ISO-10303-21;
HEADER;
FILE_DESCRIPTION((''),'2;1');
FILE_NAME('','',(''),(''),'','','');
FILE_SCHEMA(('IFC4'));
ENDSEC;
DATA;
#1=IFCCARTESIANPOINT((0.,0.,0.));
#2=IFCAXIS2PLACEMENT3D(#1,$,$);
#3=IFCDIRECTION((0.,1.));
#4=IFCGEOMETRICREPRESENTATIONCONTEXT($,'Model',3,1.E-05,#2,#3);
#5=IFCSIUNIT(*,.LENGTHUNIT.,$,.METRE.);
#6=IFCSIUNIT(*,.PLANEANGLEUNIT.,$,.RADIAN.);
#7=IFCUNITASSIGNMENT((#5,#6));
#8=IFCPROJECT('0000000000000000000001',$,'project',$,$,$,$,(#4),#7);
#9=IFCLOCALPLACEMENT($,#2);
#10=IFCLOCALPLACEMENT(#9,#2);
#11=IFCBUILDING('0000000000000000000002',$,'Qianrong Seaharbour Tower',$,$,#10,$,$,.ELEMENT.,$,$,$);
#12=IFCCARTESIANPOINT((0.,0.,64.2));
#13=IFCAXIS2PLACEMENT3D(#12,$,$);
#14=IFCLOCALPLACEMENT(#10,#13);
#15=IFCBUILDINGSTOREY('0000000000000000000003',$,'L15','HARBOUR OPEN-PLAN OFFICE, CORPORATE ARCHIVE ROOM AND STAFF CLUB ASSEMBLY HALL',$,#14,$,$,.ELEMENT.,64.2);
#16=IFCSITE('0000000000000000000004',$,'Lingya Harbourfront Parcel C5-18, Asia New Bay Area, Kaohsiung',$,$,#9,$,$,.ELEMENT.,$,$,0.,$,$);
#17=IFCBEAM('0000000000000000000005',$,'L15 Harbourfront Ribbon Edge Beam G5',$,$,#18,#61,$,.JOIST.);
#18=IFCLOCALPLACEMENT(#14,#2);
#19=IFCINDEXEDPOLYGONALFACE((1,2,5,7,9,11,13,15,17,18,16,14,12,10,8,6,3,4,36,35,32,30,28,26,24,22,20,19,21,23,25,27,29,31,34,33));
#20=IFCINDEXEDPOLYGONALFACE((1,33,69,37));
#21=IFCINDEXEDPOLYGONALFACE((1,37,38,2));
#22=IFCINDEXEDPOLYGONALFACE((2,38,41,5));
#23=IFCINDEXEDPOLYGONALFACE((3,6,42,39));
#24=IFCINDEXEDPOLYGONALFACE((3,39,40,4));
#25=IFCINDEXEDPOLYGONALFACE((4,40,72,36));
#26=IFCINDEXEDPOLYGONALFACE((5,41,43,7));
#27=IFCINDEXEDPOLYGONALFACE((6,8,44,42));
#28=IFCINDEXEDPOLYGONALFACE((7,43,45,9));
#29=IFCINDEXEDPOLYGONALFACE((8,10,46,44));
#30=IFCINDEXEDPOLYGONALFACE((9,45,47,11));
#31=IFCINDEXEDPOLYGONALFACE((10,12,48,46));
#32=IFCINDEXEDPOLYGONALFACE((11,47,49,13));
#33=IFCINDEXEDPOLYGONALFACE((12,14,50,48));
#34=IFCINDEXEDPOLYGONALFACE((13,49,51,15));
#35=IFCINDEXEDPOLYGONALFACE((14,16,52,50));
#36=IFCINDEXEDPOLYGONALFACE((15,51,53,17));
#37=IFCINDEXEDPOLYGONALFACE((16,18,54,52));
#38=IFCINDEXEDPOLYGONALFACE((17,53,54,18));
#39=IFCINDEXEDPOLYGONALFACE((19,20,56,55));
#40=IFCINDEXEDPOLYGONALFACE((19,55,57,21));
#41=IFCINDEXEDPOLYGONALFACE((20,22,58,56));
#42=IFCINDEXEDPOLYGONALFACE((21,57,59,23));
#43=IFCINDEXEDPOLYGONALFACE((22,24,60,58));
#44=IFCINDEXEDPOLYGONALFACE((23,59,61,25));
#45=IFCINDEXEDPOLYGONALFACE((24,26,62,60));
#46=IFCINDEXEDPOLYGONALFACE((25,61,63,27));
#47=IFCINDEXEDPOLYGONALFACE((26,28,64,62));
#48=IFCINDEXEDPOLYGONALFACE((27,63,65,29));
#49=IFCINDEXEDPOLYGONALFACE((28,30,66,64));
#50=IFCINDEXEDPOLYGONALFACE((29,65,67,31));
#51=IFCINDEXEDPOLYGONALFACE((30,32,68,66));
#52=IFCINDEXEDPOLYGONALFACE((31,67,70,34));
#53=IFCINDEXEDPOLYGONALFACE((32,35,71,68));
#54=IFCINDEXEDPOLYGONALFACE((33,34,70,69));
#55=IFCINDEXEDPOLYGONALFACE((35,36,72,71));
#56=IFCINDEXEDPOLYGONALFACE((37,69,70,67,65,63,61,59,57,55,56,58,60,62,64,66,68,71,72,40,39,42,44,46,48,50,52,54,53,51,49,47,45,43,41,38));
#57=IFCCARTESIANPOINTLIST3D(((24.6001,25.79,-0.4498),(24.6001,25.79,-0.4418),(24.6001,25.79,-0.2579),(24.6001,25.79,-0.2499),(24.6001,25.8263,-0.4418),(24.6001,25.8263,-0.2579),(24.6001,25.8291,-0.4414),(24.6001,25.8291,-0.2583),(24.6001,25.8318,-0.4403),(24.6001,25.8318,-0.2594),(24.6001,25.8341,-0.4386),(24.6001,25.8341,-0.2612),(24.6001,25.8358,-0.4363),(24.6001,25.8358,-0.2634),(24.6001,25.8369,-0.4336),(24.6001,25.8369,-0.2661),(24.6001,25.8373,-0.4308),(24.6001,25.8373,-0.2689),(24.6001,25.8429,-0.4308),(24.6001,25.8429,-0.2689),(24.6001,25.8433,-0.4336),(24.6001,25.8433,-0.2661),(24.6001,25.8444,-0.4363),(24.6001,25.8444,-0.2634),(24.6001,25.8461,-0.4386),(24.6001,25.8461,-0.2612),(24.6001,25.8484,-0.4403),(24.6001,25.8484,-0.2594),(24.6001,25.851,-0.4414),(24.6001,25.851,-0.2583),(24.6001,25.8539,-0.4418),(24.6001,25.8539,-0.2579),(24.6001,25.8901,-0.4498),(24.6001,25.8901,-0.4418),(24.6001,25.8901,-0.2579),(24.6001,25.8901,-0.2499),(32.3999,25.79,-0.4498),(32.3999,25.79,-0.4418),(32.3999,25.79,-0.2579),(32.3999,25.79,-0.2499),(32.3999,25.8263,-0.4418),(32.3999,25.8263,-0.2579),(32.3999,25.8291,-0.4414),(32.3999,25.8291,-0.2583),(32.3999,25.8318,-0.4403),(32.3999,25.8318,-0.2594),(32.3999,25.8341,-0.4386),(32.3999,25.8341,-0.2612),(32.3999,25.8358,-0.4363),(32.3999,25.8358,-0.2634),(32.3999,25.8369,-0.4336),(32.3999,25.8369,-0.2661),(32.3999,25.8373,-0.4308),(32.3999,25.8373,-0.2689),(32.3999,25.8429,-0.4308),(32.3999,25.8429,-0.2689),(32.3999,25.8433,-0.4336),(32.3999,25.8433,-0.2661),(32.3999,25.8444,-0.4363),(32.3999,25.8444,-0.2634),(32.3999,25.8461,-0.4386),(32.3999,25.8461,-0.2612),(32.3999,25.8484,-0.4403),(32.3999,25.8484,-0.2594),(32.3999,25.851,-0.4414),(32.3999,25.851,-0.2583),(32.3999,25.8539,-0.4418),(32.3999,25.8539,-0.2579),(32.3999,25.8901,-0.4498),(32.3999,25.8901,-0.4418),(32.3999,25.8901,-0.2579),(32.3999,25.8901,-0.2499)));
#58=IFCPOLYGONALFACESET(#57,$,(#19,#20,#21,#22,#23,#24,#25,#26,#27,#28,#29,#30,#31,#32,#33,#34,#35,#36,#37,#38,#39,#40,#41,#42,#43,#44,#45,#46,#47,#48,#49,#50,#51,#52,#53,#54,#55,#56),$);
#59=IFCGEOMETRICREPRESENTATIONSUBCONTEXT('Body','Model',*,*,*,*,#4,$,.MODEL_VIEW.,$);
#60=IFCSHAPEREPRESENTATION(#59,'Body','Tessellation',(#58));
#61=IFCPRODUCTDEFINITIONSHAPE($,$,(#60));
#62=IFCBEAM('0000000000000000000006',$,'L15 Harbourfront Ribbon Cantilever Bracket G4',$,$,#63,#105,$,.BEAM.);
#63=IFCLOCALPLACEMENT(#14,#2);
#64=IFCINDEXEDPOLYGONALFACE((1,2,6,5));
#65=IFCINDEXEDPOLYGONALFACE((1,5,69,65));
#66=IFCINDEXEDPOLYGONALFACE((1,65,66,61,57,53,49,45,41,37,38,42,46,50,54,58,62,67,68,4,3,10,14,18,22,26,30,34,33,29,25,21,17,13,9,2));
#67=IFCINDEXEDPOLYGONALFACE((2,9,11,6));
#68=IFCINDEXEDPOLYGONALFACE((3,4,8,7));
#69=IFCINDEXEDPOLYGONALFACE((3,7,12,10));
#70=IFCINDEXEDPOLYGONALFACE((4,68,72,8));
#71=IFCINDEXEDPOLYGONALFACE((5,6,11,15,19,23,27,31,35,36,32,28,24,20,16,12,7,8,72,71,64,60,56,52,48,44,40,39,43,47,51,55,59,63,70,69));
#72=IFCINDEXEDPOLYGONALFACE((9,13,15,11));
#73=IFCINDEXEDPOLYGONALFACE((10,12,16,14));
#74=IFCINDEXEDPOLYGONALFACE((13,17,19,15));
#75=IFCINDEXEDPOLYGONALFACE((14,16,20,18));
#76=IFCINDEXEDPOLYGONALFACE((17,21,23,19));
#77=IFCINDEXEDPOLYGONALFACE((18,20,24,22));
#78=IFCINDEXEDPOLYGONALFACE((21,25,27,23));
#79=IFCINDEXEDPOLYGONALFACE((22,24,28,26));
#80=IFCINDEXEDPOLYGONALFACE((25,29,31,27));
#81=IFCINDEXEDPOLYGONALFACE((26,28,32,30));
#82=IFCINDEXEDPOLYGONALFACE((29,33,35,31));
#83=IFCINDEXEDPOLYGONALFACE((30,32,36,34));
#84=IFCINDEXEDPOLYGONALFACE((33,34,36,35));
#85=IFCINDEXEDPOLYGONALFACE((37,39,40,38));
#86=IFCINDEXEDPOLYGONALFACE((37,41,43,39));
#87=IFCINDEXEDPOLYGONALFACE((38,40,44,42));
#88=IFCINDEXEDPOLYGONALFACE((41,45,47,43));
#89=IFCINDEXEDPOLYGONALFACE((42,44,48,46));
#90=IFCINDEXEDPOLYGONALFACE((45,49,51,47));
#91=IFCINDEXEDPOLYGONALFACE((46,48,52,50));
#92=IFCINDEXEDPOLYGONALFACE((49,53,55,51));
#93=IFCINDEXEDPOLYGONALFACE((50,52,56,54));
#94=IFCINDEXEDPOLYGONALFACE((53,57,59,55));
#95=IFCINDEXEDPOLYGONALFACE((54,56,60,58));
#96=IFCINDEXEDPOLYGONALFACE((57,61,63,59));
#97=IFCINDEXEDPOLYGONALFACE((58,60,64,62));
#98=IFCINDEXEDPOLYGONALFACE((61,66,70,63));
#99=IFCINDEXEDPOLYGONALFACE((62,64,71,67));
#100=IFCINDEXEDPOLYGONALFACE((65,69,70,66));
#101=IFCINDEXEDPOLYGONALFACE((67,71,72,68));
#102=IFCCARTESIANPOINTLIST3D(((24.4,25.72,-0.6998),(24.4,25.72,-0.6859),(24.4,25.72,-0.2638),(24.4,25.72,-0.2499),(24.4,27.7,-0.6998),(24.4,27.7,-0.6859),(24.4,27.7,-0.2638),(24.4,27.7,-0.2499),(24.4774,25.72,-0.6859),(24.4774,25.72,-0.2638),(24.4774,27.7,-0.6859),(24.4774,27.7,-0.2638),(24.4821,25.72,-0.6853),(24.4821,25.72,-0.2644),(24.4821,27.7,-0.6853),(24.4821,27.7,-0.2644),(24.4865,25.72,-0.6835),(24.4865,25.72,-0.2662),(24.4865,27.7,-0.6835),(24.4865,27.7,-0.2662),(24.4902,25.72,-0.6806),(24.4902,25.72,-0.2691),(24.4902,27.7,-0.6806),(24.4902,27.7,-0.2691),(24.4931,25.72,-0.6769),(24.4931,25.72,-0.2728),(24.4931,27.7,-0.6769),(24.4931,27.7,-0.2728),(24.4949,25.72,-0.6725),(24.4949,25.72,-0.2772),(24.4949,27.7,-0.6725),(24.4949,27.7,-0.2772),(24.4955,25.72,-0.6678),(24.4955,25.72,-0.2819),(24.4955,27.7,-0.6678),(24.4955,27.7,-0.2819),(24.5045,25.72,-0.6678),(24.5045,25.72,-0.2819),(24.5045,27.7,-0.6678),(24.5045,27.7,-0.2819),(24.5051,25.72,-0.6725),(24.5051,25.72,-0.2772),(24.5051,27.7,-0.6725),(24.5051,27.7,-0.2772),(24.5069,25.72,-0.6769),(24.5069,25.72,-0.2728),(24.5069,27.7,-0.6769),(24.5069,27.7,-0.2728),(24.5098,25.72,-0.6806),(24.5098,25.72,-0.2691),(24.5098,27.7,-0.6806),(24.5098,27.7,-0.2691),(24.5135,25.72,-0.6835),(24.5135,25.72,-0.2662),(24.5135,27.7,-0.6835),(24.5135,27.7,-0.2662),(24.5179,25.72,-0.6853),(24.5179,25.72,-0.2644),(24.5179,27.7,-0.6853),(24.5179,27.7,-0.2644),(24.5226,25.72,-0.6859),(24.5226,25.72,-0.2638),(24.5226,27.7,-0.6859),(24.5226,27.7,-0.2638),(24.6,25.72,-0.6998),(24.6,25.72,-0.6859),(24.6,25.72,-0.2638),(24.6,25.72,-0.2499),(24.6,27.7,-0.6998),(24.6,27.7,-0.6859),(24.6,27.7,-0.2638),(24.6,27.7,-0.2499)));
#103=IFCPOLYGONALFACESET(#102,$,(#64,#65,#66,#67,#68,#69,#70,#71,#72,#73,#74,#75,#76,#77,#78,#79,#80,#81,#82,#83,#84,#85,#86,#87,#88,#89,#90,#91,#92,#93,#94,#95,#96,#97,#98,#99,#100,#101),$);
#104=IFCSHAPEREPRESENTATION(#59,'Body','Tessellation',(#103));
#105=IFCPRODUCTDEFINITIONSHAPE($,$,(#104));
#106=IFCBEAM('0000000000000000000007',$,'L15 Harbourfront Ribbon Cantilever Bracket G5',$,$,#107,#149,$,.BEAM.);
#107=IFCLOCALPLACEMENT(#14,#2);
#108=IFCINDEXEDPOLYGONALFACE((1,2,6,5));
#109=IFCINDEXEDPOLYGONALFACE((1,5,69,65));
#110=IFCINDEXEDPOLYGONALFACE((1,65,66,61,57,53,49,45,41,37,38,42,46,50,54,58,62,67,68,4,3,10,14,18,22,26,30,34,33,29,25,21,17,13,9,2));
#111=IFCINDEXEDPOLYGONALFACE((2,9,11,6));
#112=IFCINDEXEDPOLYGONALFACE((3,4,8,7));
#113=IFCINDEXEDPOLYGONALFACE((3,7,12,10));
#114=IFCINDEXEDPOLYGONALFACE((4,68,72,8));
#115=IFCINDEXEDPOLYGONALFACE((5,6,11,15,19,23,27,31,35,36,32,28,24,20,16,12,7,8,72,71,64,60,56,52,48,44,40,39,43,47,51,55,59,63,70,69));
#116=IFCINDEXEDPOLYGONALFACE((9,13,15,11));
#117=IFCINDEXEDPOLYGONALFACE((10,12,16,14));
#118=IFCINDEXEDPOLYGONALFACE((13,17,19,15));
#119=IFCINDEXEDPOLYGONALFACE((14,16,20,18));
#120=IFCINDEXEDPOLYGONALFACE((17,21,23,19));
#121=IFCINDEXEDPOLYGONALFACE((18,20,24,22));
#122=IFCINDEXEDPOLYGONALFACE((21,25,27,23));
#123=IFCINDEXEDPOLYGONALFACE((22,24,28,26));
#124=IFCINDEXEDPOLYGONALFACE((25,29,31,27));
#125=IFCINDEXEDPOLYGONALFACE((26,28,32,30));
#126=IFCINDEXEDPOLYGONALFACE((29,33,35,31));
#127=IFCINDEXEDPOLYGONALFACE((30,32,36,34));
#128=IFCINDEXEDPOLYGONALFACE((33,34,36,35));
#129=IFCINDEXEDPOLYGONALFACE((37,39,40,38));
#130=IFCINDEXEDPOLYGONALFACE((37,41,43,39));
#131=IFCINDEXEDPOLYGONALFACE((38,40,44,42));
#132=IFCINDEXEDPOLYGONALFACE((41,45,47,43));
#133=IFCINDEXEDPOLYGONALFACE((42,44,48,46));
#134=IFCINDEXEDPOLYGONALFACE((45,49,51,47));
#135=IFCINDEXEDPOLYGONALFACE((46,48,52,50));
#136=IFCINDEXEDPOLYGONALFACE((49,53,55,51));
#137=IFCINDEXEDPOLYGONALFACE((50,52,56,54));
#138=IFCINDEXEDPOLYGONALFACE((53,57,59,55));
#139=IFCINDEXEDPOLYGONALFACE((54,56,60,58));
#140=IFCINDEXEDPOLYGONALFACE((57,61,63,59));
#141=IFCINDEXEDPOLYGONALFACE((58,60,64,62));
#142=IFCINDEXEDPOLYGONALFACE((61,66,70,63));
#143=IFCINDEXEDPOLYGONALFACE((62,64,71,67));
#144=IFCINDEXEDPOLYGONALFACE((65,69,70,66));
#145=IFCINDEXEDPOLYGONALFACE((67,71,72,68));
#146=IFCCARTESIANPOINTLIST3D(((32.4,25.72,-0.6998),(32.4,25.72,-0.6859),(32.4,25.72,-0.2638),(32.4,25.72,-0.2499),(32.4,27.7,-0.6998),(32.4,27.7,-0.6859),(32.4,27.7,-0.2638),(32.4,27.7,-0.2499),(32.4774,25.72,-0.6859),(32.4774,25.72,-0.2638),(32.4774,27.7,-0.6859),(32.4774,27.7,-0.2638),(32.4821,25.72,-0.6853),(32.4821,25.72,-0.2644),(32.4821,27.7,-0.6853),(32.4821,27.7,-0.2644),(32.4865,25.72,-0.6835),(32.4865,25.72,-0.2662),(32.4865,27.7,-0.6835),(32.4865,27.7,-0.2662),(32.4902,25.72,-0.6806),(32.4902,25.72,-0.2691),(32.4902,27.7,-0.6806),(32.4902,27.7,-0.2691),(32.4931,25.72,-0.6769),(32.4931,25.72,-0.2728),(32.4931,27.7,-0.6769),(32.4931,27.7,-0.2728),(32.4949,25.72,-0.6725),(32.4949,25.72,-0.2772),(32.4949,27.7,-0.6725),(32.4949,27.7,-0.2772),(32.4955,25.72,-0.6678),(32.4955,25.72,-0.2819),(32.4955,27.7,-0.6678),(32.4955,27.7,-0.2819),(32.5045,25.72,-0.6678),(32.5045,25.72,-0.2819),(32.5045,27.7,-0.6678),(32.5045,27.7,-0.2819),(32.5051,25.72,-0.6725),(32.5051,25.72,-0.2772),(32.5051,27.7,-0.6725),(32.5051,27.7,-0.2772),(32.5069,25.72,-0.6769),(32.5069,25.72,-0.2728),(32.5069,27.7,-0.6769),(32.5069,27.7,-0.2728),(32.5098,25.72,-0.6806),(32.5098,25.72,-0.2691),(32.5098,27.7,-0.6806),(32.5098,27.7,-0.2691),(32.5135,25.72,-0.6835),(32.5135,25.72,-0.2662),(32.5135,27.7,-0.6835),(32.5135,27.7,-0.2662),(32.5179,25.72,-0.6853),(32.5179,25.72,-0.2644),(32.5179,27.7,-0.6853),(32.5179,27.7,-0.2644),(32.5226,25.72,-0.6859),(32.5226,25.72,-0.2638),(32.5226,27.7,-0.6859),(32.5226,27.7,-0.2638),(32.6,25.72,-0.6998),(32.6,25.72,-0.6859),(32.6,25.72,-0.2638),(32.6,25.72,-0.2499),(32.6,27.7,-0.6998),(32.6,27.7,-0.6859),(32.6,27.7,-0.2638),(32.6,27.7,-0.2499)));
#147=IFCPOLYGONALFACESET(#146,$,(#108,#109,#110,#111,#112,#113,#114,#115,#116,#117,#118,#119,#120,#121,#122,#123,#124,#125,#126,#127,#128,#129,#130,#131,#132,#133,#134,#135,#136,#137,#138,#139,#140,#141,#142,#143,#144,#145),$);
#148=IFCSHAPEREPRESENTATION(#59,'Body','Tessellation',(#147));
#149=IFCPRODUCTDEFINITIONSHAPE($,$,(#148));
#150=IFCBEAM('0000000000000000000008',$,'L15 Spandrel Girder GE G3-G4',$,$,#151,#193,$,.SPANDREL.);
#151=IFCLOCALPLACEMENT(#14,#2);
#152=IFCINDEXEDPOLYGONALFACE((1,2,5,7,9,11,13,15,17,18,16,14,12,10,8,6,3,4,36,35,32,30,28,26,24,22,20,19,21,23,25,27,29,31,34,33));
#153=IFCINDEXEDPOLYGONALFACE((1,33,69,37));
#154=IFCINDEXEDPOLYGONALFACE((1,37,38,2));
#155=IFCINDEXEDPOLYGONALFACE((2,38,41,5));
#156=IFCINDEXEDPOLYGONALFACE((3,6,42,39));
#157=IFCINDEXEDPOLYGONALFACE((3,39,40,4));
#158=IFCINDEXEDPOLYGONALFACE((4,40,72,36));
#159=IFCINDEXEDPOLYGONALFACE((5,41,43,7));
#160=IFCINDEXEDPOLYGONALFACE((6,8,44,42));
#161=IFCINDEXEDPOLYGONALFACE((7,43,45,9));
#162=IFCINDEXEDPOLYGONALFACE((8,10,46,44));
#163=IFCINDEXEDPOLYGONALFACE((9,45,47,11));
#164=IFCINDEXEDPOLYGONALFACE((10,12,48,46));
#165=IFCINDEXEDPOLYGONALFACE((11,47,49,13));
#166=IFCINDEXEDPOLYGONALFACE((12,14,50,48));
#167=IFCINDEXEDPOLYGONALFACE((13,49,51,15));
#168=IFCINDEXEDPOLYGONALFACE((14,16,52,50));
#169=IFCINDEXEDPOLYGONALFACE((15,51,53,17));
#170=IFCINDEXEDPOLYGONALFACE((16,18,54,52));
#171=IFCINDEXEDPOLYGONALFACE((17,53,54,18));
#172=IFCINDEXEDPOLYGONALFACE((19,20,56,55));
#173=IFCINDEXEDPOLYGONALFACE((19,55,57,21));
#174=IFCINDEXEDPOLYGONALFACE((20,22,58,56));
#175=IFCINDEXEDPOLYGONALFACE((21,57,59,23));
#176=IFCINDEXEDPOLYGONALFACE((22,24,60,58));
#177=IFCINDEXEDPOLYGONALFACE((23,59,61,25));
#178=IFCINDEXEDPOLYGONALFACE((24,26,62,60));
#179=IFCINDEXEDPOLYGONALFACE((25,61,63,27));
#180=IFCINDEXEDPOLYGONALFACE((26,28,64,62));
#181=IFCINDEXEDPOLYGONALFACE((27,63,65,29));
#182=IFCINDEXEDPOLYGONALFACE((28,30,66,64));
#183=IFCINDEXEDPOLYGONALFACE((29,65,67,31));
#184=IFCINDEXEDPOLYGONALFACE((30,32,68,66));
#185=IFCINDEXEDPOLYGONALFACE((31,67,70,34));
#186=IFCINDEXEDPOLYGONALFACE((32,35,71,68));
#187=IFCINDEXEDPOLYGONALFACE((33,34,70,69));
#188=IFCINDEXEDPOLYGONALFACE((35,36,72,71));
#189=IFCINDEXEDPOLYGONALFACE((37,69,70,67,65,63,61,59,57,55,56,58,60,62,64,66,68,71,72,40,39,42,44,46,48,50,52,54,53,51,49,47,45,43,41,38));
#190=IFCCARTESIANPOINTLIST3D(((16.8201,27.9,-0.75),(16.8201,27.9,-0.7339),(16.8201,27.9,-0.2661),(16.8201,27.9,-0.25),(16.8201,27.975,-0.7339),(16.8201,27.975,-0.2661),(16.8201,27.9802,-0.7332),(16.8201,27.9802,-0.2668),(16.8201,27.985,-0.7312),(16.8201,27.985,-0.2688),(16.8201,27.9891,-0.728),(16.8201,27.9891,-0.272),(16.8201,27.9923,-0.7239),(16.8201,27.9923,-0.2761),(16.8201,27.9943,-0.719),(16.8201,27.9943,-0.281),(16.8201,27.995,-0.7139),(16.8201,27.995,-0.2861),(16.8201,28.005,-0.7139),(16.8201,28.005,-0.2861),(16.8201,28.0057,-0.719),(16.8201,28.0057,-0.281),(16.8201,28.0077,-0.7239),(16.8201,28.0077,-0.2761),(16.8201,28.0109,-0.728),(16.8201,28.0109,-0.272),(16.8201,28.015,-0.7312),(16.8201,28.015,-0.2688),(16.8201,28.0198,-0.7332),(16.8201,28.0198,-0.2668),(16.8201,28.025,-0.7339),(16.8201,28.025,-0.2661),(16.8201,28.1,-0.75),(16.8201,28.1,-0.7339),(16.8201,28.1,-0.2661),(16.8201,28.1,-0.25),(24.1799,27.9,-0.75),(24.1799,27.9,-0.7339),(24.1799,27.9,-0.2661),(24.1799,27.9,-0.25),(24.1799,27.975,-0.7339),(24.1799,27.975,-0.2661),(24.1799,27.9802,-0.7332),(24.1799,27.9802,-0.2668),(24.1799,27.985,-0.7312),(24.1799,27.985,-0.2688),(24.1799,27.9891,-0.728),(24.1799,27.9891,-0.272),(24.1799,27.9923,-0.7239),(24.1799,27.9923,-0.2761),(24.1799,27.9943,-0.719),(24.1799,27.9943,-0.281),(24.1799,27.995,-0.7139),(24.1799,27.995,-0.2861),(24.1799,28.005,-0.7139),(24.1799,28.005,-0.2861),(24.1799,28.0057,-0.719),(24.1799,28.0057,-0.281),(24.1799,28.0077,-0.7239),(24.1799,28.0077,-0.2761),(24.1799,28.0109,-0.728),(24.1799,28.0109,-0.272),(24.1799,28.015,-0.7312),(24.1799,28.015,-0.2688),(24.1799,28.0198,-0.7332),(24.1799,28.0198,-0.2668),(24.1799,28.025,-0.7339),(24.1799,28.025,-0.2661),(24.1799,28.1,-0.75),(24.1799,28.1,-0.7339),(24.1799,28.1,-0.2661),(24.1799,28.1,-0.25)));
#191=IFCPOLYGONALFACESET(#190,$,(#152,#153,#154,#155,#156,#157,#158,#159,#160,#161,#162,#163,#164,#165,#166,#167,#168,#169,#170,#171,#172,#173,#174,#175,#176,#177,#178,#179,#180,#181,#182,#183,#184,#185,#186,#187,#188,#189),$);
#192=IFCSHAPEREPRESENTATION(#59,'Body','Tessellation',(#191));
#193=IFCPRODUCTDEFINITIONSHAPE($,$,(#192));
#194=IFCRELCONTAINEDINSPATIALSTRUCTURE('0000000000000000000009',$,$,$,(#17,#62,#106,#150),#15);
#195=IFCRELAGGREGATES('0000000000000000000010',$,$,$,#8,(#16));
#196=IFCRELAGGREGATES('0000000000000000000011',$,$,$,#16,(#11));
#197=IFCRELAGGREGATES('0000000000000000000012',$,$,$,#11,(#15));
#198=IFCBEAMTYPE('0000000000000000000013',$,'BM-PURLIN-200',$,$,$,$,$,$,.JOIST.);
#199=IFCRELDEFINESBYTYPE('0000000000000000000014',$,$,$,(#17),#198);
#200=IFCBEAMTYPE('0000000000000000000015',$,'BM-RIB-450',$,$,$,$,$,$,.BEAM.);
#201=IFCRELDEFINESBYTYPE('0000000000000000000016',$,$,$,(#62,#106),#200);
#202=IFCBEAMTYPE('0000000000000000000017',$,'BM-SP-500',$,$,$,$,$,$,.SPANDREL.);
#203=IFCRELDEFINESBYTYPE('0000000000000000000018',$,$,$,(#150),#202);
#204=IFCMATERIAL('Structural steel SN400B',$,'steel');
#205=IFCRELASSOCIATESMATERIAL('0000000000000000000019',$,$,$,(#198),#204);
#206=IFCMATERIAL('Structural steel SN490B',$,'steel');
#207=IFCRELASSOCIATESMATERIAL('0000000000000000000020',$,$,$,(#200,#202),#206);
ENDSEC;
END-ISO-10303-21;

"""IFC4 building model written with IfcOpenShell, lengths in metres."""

from ifc_helpers import new_model, si_unit, direction, frame, origin, origin_2d, place, context, subcontext, project, spatial, i_section, extrude, material, material_profile, profile_set, type_object, element, save


model = new_model("IFC4")

# Units and contexts
model_context = context("Model", 3, precision=1e-05, world=origin(), true_north=direction((0.0, 1.0)))
body_context = subcontext(model_context, "Body", "Model", "MODEL_VIEW")
ifc_project = project(units=[si_unit("LENGTHUNIT", "METRE"), si_unit("PLANEANGLEUNIT", "RADIAN")], contexts=[model_context])

# Site, building, storey
site_placement = place(None, origin())
site = spatial("IfcSite", under=ifc_project, at=site_placement, Name="Lingya Harbourfront Parcel C5-18, Asia New Bay Area, Kaohsiung", CompositionType="ELEMENT", RefElevation=0.0)
building_placement = place(site_placement, origin())
building = spatial("IfcBuilding", under=site, at=building_placement, Name="Qianrong Seaharbour Tower", CompositionType="ELEMENT")
storey_placement = place(building_placement, frame((0.0, 0.0, 64.2)))
storey = spatial("IfcBuildingStorey", under=building, at=storey_placement, Name="L15", Description="HARBOUR OPEN-PLAN OFFICE, CORPORATE ARCHIVE ROOM AND STAFF CLUB ASSEMBLY HALL", CompositionType="ELEMENT", Elevation=64.2)

# Shared definitions
ifc_material_1 = material(Name="Structural steel SN490B", Category="steel")

# Beams
ifc_material_2 = material(Name="Structural steel SN400B", Category="steel")
ifc_material_profile_1 = material_profile(ifc_material_2, i_section(OverallWidth=0.1001, OverallDepth=0.2, WebThickness=0.0056, FlangeThickness=0.0081, FilletRadius=0.011, at=origin_2d()), Name="H200x100x5.5x8")
ifc_profile_set_1 = profile_set([ifc_material_profile_1], Name="Structural steel SN400B")
beam_type_1 = type_object("IfcBeamType", Name="BM-PURLIN-200", PredefinedType="JOIST", material=ifc_profile_set_1)
for number, where, z_axis, x_axis, name in (
    (1, (24.6001, 25.8401, -0.3499), (1.0, 0.0, 0.0), (0.0, 1.0, 0.0), "L15 Harbourfront Ribbon Edge Beam G5"),
):
    element("IfcBeam", number, at=place(storey_placement, frame(where, z_axis=z_axis, x_axis=x_axis)), inside=storey, type_object=beam_type_1, Name=name, PredefinedType="JOIST", context=body_context, shape_type="SweptSolid", body=[
        extrude(i_section(OverallWidth=0.1001, OverallDepth=0.2, WebThickness=0.0056, FlangeThickness=0.0081, FilletRadius=0.011, at=origin_2d()), origin(), (0.0, 0.0, 1.0), 7.7998),
    ])
ifc_material_profile_2 = material_profile(ifc_material_1, i_section(OverallWidth=0.2, OverallDepth=0.45, WebThickness=0.009, FlangeThickness=0.0139, FilletRadius=0.0181, at=origin_2d()), Name="H450x200x9x14")
ifc_profile_set_2 = profile_set([ifc_material_profile_2], Name="Structural steel SN490B")
beam_type_2 = type_object("IfcBeamType", Name="BM-RIB-450", PredefinedType="BEAM", material=ifc_profile_set_2)
for number, where, z_axis, x_axis, name in (
    (2, (24.5, 27.7, -0.4749), (0.0, -1.0, 0.0), (1.0, 0.0, 0.0), "L15 Harbourfront Ribbon Cantilever Bracket G4"),
    (3, (32.5, 27.7, -0.4749), (0.0, -1.0, 0.0), (1.0, 0.0, 0.0), "L15 Harbourfront Ribbon Cantilever Bracket G5"),
):
    element("IfcBeam", number, at=place(storey_placement, frame(where, z_axis=z_axis, x_axis=x_axis)), inside=storey, type_object=beam_type_2, Name=name, PredefinedType="BEAM", context=body_context, shape_type="SweptSolid", body=[
        extrude(i_section(OverallWidth=0.2, OverallDepth=0.45, WebThickness=0.009, FlangeThickness=0.0139, FilletRadius=0.0181, at=origin_2d()), origin(), (0.0, 0.0, 1.0), 1.98),
    ])
ifc_material_profile_3 = material_profile(ifc_material_1, i_section(OverallWidth=0.2, OverallDepth=0.5, WebThickness=0.01, FlangeThickness=0.0161, FilletRadius=0.02, at=origin_2d()), Name="H500x200x10x16")
ifc_profile_set_3 = profile_set([ifc_material_profile_3], Name="Structural steel SN490B")
beam_type_3 = type_object("IfcBeamType", Name="BM-SP-500", PredefinedType="SPANDREL", material=ifc_profile_set_3)
for number, where, z_axis, x_axis, name in (
    (4, (16.8201, 28.0, -0.5), (1.0, 0.0, 0.0), (0.0, 1.0, 0.0), "L15 Spandrel Girder GE G3-G4"),
):
    element("IfcBeam", number, at=place(storey_placement, frame(where, z_axis=z_axis, x_axis=x_axis)), inside=storey, type_object=beam_type_3, Name=name, PredefinedType="SPANDREL", context=body_context, shape_type="SweptSolid", body=[
        extrude(i_section(OverallWidth=0.2, OverallDepth=0.5, WebThickness=0.01, FlangeThickness=0.0161, FilletRadius=0.02, at=origin_2d()), origin(), (0.0, 0.0, 1.0), 7.3599),
    ])

save(model, "model.ifc")
